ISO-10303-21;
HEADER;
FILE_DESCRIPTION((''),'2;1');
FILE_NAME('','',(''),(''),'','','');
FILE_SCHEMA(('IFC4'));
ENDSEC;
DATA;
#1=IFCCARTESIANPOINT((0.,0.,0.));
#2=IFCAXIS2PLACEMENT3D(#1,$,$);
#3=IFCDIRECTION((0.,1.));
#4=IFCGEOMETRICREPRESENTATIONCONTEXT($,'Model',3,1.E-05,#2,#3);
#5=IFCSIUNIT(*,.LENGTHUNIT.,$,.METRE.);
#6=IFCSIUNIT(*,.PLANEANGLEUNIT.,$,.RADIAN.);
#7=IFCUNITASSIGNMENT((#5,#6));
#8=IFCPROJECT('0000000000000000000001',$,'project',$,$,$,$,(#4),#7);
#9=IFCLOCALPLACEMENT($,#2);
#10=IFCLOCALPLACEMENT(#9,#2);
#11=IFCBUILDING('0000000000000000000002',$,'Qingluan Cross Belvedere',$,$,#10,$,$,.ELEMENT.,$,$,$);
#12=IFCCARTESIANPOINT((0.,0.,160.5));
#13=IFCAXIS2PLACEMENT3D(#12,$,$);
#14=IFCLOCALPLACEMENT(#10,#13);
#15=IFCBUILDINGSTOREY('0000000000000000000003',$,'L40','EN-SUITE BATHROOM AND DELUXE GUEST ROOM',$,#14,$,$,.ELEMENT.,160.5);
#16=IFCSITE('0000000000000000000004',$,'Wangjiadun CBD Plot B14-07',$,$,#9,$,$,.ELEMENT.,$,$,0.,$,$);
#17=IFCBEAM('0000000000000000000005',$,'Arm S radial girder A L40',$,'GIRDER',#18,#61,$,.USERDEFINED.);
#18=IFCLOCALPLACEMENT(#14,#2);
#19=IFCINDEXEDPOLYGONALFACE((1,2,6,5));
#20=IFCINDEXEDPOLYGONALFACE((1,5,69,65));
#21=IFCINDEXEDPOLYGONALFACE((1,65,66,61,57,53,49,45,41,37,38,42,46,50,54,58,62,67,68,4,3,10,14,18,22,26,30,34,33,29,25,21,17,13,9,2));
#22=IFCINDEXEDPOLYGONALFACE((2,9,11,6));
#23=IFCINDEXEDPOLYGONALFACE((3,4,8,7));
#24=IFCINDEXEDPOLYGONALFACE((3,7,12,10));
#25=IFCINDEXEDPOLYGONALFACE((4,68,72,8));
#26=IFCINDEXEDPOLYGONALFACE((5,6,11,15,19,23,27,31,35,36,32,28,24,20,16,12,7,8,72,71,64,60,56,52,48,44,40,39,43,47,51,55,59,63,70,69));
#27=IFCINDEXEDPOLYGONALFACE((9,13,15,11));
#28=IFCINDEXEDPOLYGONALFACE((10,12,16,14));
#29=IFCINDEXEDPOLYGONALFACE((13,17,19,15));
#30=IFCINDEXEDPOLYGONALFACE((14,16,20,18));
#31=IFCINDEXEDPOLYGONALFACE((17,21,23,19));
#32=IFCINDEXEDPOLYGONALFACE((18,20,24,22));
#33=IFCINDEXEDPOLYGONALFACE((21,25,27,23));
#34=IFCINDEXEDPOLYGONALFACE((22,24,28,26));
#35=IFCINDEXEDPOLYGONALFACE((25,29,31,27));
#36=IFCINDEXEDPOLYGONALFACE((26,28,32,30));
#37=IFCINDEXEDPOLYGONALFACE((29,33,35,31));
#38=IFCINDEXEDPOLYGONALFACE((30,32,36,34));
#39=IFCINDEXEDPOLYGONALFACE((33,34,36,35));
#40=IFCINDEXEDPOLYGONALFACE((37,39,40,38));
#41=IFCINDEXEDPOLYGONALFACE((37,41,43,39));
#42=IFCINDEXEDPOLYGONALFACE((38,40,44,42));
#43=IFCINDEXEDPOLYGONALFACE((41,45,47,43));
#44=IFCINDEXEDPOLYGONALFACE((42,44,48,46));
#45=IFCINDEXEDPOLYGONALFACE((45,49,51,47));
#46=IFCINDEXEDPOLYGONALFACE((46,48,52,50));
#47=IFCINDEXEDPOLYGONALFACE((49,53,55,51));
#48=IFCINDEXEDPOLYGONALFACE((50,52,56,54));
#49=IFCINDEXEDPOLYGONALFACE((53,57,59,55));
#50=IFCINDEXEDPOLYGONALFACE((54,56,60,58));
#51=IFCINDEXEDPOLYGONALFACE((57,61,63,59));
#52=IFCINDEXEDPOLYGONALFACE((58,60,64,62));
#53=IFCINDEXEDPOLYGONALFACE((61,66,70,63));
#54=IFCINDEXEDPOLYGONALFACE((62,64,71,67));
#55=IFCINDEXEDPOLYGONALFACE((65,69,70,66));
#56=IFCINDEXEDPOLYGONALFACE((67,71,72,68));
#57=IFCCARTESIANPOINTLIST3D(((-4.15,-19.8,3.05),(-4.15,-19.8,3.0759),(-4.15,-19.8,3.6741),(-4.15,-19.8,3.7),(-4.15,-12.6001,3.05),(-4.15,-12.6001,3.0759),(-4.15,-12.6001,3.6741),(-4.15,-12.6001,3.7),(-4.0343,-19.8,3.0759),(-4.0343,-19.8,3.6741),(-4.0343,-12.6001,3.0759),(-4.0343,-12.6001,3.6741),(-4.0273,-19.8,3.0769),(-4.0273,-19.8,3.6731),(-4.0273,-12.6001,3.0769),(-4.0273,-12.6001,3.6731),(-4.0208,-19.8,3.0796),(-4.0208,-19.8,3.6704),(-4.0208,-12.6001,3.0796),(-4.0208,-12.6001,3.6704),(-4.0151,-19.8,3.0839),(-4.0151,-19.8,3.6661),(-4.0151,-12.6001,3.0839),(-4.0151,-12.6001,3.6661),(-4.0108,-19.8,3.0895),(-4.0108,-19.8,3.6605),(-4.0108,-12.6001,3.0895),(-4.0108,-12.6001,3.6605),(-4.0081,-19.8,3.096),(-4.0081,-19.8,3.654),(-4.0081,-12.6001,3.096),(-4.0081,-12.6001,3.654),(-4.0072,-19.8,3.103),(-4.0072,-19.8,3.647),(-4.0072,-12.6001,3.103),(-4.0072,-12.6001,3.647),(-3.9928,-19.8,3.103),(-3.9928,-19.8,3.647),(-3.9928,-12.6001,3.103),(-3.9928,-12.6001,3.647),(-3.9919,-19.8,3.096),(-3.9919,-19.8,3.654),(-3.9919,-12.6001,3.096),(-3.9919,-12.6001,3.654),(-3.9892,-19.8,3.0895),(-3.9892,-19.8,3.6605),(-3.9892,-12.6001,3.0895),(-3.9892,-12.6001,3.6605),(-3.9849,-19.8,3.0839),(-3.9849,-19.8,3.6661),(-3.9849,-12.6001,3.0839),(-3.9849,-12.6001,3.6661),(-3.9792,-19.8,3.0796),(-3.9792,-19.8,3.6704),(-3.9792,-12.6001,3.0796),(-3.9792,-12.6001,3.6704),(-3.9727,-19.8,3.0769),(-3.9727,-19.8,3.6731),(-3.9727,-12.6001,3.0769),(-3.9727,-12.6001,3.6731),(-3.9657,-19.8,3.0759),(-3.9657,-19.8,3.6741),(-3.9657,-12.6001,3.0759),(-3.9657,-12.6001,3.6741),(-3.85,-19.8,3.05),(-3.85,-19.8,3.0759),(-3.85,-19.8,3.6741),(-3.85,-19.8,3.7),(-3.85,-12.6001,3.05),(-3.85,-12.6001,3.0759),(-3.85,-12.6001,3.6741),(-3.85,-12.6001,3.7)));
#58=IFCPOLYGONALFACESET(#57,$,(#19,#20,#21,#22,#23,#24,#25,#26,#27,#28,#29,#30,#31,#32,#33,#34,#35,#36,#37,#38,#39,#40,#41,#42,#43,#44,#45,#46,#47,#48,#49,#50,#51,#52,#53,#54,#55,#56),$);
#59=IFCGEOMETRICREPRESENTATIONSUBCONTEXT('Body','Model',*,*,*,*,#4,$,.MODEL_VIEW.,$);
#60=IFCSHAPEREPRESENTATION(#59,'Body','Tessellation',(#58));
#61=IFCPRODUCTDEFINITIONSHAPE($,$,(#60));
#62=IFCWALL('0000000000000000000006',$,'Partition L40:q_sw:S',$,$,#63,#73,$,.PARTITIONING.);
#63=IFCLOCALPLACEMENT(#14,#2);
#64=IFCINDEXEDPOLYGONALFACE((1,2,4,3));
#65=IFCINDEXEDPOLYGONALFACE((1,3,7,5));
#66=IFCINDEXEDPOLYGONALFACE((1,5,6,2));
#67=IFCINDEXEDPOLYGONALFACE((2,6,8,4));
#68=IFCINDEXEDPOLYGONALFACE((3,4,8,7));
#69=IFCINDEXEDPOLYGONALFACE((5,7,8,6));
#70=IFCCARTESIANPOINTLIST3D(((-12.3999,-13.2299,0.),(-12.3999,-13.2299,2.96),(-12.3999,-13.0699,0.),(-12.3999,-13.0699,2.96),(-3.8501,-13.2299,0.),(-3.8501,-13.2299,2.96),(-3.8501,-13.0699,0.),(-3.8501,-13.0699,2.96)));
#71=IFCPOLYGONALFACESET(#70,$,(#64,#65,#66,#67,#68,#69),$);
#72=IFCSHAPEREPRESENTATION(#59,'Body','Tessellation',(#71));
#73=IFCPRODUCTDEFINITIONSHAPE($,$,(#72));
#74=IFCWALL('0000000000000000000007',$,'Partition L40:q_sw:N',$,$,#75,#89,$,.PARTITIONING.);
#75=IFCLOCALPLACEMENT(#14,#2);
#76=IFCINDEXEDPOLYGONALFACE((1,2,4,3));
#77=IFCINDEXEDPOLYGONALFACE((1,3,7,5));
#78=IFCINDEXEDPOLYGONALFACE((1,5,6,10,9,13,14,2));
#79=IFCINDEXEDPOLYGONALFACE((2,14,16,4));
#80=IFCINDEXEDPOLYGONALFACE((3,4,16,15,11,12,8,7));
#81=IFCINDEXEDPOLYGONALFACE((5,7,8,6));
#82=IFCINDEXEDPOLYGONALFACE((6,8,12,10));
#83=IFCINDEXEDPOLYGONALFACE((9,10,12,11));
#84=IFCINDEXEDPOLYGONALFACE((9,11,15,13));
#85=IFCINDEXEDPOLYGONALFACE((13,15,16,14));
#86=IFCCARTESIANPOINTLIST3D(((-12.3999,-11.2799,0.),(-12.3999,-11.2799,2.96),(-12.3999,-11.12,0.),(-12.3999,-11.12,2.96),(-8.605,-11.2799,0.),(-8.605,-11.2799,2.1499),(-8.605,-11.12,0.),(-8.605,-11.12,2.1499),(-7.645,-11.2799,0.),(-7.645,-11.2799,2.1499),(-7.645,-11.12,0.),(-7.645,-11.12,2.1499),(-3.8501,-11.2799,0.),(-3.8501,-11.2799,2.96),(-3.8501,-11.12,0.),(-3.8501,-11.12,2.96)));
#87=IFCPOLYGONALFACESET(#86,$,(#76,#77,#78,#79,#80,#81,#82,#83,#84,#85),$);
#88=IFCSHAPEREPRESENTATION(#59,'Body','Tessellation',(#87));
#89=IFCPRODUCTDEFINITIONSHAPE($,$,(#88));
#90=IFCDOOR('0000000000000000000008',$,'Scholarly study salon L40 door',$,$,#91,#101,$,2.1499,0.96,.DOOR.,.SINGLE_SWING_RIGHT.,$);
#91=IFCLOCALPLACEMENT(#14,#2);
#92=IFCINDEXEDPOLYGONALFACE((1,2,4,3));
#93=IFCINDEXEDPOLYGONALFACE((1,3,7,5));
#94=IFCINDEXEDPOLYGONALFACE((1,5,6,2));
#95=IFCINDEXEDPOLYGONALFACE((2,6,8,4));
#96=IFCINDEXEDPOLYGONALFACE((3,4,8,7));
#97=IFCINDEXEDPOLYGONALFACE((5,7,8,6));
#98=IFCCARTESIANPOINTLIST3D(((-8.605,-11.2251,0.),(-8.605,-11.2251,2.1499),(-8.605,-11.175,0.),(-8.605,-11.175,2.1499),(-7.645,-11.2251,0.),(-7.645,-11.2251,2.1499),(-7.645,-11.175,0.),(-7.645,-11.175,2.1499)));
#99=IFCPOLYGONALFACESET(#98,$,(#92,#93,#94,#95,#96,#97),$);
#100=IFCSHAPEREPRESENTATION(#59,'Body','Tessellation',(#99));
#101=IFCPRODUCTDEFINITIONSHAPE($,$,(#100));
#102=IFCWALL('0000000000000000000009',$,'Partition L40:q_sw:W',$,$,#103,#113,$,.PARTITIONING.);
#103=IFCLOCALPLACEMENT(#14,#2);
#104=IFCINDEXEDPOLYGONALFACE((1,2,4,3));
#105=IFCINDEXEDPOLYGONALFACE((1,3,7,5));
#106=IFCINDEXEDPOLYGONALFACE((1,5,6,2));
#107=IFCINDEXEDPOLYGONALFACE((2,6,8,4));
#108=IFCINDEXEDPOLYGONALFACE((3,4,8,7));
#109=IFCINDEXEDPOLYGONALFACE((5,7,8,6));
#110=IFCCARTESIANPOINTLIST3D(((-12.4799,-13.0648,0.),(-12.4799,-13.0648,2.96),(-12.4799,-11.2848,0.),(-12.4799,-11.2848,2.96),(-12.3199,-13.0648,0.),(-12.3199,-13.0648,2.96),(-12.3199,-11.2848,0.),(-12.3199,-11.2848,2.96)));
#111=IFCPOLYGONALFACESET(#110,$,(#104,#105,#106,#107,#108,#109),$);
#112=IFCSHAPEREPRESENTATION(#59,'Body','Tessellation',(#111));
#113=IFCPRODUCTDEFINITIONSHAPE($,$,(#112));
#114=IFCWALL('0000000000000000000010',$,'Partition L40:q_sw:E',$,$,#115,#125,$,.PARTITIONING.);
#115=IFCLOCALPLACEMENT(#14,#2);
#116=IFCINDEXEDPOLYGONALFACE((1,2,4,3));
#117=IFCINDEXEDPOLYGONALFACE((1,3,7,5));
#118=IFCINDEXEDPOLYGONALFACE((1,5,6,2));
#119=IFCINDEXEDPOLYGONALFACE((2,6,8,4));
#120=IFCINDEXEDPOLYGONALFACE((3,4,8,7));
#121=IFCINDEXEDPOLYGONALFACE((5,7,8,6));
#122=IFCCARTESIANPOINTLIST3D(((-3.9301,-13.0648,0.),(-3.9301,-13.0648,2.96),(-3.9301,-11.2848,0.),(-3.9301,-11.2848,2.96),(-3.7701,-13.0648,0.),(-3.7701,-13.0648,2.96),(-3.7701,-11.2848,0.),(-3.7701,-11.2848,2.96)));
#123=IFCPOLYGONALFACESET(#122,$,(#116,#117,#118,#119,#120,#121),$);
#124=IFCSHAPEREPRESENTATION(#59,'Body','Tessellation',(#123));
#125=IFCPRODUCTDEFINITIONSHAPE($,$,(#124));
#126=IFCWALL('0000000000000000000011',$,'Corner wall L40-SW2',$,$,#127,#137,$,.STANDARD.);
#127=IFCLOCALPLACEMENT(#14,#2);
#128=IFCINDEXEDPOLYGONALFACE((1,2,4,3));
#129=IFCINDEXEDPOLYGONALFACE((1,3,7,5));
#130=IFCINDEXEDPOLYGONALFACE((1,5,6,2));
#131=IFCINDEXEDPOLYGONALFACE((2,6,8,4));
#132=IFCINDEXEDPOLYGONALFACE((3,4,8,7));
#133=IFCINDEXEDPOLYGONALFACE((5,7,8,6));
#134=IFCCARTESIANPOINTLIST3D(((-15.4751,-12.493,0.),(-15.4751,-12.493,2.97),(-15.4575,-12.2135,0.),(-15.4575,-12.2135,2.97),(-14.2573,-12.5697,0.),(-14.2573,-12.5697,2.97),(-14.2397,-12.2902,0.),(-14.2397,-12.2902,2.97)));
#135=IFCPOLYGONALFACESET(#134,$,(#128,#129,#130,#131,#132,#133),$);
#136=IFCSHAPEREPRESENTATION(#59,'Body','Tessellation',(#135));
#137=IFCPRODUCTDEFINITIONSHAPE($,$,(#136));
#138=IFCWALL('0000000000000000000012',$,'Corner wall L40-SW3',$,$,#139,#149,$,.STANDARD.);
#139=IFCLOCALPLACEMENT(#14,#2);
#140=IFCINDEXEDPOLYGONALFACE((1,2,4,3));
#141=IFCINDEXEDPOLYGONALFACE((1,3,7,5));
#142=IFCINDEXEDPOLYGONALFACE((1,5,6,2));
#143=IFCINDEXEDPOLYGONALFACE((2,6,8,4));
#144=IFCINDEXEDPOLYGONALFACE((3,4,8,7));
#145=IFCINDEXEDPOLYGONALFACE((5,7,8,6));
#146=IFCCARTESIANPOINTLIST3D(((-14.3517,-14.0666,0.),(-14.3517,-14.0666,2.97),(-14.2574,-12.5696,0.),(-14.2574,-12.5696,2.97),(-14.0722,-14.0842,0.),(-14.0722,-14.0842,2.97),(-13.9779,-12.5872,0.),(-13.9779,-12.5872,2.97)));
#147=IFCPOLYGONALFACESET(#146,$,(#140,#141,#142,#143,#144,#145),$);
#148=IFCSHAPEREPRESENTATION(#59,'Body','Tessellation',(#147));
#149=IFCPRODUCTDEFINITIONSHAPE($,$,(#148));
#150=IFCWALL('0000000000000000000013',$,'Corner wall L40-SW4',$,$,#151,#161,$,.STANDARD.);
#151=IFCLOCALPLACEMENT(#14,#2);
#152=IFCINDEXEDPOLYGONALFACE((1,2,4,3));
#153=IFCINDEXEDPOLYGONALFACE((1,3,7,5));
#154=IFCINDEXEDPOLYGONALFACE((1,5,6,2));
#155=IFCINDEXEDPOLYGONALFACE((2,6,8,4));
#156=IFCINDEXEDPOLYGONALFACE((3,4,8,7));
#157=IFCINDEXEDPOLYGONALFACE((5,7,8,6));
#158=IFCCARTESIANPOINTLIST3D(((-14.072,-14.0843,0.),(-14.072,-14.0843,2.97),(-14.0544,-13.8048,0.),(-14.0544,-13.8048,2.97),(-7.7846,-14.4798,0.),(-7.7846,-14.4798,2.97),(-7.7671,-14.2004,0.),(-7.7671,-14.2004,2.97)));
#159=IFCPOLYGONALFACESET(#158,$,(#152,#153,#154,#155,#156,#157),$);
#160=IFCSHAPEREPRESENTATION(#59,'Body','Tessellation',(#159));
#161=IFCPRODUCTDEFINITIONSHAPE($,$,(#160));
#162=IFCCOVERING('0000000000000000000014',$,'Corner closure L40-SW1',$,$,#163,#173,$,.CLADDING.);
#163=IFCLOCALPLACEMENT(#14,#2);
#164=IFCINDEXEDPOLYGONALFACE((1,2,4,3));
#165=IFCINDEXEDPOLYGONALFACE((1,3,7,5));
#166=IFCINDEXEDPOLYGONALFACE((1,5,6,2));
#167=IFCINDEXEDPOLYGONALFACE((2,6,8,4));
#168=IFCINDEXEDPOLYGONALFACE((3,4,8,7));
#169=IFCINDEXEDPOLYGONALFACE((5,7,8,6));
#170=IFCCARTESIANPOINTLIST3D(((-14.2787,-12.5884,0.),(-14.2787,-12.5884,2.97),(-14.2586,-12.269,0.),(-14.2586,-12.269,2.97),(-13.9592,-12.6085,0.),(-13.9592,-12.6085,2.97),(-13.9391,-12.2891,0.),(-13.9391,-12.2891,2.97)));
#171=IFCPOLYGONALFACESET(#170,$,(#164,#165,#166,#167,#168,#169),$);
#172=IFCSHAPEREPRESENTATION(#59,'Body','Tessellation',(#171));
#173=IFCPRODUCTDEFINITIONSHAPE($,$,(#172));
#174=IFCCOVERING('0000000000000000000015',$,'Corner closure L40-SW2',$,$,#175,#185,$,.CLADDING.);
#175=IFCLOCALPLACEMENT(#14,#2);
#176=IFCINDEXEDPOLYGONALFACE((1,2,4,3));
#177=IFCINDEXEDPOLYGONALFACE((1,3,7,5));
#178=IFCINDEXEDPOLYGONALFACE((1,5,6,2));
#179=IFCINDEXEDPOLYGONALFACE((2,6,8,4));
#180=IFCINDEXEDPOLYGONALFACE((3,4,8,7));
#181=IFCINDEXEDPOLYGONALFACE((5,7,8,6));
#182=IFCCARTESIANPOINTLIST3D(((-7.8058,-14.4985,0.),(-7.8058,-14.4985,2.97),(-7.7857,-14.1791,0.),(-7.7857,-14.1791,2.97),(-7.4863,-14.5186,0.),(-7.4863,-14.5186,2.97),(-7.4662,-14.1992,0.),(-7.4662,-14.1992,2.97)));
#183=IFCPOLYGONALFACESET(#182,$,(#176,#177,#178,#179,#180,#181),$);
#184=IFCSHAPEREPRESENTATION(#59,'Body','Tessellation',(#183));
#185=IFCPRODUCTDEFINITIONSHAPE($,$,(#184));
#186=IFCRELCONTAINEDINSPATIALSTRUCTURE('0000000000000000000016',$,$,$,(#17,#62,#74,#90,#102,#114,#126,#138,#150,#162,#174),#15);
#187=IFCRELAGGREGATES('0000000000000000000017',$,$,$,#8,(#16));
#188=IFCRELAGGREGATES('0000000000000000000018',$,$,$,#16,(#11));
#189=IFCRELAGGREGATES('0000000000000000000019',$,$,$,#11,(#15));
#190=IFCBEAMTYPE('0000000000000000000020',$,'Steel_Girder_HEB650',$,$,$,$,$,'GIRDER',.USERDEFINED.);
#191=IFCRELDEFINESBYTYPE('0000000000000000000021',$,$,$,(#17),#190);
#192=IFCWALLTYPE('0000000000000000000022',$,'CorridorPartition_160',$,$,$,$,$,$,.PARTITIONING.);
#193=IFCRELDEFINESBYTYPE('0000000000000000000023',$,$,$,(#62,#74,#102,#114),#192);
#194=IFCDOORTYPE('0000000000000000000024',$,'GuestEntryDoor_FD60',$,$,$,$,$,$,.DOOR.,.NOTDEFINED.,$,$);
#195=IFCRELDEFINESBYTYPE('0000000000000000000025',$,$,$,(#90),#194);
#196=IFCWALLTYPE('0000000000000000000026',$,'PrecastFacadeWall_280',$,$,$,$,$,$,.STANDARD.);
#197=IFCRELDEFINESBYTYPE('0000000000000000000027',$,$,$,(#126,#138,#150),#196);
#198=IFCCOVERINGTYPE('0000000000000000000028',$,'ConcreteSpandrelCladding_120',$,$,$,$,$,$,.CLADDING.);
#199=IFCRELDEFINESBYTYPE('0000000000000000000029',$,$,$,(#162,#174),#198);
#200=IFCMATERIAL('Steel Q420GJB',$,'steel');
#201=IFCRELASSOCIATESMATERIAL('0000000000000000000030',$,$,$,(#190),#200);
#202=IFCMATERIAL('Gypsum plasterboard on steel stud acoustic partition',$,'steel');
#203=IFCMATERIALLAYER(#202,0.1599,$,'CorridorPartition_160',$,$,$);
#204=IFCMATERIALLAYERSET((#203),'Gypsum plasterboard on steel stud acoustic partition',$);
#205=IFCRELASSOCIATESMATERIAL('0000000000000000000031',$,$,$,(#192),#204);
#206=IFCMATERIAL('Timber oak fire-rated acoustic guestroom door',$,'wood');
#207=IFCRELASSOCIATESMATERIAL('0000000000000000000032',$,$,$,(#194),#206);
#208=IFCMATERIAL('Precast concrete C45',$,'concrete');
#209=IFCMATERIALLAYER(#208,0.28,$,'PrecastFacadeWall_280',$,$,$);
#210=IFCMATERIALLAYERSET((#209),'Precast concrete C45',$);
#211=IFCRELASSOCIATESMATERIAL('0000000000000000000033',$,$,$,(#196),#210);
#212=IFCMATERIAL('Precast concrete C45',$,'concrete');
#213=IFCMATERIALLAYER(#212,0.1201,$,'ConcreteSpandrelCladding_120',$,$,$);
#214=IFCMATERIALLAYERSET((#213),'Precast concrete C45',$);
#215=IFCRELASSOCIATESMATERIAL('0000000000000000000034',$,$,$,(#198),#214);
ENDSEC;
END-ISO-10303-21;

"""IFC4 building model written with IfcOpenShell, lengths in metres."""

from ifc_helpers import new_model, si_unit, direction, frame, frame_2d, origin, origin_2d, place, context, subcontext, project, spatial, rectangle, i_section, extrude, material, layer, layer_set, material_profile, profile_set, type_object, element, fill, save


model = new_model("IFC4")

# Units and contexts
model_context = context("Model", 3, precision=1e-05, world=origin(), true_north=direction((0.0, 1.0)))
body_context = subcontext(model_context, "Body", "Model", "MODEL_VIEW")
ifc_project = project(units=[si_unit("LENGTHUNIT", "METRE"), si_unit("PLANEANGLEUNIT", "RADIAN")], contexts=[model_context])

# Site, building, storey
site_placement = place(None, origin())
site = spatial("IfcSite", under=ifc_project, at=site_placement, Name="Wangjiadun CBD Plot B14-07", CompositionType="ELEMENT", RefElevation=0.0)
building_placement = place(site_placement, origin())
building = spatial("IfcBuilding", under=site, at=building_placement, Name="Qingluan Cross Belvedere", CompositionType="ELEMENT")
storey_placement = place(building_placement, frame((0.0, 0.0, 160.5)))
storey = spatial("IfcBuildingStorey", under=building, at=storey_placement, Name="L40", Description="EN-SUITE BATHROOM AND DELUXE GUEST ROOM", CompositionType="ELEMENT", Elevation=160.5)

# Beam
ifc_material_1 = material(Name="Steel Q420GJB", Category="steel")
ifc_material_profile_1 = material_profile(ifc_material_1, i_section(OverallWidth=0.3, OverallDepth=0.6499, WebThickness=0.0144, FlangeThickness=0.0259, FilletRadius=0.0271, at=origin_2d()), Name="HEB650")
ifc_profile_set_1 = profile_set([ifc_material_profile_1], Name="Steel Q420GJB")
beam_type_1 = type_object("IfcBeamType", Name="Steel_Girder_HEB650", ElementType="GIRDER", PredefinedType="USERDEFINED", material=ifc_profile_set_1)
beam_1_placement = place(storey_placement, frame((-4.0, -12.6001, 3.375), z_axis=(0.0, -1.0, 0.0), x_axis=(1.0, 0.0, 0.0)))
element("IfcBeam", 1, at=beam_1_placement, inside=storey, type_object=beam_type_1, Name="Arm S radial girder A L40", ObjectType="GIRDER", PredefinedType="USERDEFINED", context=body_context, shape_type="SweptSolid", body=[
    extrude(i_section(OverallWidth=0.3, OverallDepth=0.6499, WebThickness=0.0144, FlangeThickness=0.0259, FilletRadius=0.0271, at=origin_2d()), origin(), (0.0, 0.0, 1.0), 7.2),
])

# Wall
ifc_material_2 = material(Name="Gypsum plasterboard on steel stud acoustic partition", Category="steel")
ifc_layer_1 = layer(ifc_material_2, 0.1599, Name="CorridorPartition_160")
ifc_layer_set_1 = layer_set([ifc_layer_1], Name="Gypsum plasterboard on steel stud acoustic partition")
wall_type_1 = type_object("IfcWallType", Name="CorridorPartition_160", PredefinedType="PARTITIONING", material=ifc_layer_set_1)
wall_1_placement = place(storey_placement, frame((-12.3999, -13.1499, 0.0), z_axis=(0.0, 0.0, 1.0), x_axis=(1.0, 0.0, 0.0)))
element("IfcWall", 2, at=wall_1_placement, inside=storey, type_object=wall_type_1, Name="Partition L40:q_sw:S", PredefinedType="PARTITIONING", context=body_context, shape_type="SweptSolid", body=[
    extrude(rectangle(XDim=8.5498, YDim=0.1599, at=frame_2d((4.2749, 0.0))), origin(), (0.0, 0.0, 1.0), 2.96),
])

# Wall, opening, door
wall_2_placement = place(storey_placement, frame((-12.3999, -11.2, 0.0), z_axis=(0.0, 0.0, 1.0), x_axis=(1.0, 0.0, 0.0)))
wall_2 = element("IfcWall", 3, at=wall_2_placement, inside=storey, type_object=wall_type_1, Name="Partition L40:q_sw:N", PredefinedType="PARTITIONING", context=body_context, shape_type="SweptSolid", body=[
    extrude(rectangle(XDim=8.5498, YDim=0.1599, at=frame_2d((4.2749, 0.0))), origin(), (0.0, 0.0, 1.0), 2.96),
])
opening_placement = place(wall_2_placement, frame((3.7949, 0.0, 0.0)))
opening = element("IfcOpeningElement", 4, at=opening_placement, cuts=wall_2, PredefinedType="OPENING", context=body_context, shape_type="SweptSolid", body=[
    extrude(rectangle(XDim=0.96, YDim=2.1499, at=frame_2d((0.48, 1.075))), frame((0.0, 0.0898, 0.0), z_axis=(0.0, -1.0, 0.0), x_axis=(1.0, 0.0, 0.0)), (0.0, 0.0, 1.0), 0.1799),
])
ifc_material_3 = material(Name="Timber oak fire-rated acoustic guestroom door", Category="wood")
door_type = type_object("IfcDoorType", Name="GuestEntryDoor_FD60", OperationType="NOTDEFINED", PredefinedType="DOOR", material=ifc_material_3)
door_placement = place(opening_placement, origin())
door = element("IfcDoor", 5, at=door_placement, inside=storey, type_object=door_type, Name="Scholarly study salon L40 door", OperationType="SINGLE_SWING_RIGHT", OverallHeight=2.1499, OverallWidth=0.96, PredefinedType="DOOR", context=body_context, shape_type="SweptSolid", body=[
    extrude(rectangle(XDim=0.96, YDim=2.1499, at=frame_2d((0.48, 1.075))), frame((0.0, 0.0249, 0.0), z_axis=(0.0, -1.0, 0.0), x_axis=(1.0, 0.0, 0.0)), (0.0, 0.0, 1.0), 0.05),
])
fill(opening, door)

# Walls
for number, where, z_axis, x_axis, name in (
    (6, (-12.3999, -13.0649, 0.0), (0.0, 0.0, 1.0), (0.0, 1.0, 0.0), "Partition L40:q_sw:W"),
    (7, (-3.8501, -13.0649, 0.0), (0.0, 0.0, 1.0), (0.0, 1.0, 0.0), "Partition L40:q_sw:E"),
):
    element("IfcWall", number, at=place(storey_placement, frame(where, z_axis=z_axis, x_axis=x_axis)), inside=storey, type_object=wall_type_1, Name=name, PredefinedType="PARTITIONING", context=body_context, shape_type="SweptSolid", body=[
        extrude(rectangle(XDim=1.78, YDim=0.1599, at=frame_2d((0.8901, 0.0))), origin(), (0.0, 0.0, 1.0), 2.96),
    ])
ifc_material_4 = material(Name="Precast concrete C45", Category="concrete")
ifc_layer_2 = layer(ifc_material_4, 0.28, Name="PrecastFacadeWall_280")
ifc_layer_set_2 = layer_set([ifc_layer_2], Name="Precast concrete C45")
wall_type_2 = type_object("IfcWallType", Name="PrecastFacadeWall_280", PredefinedType="STANDARD", material=ifc_layer_set_2)
wall_3_placement = place(storey_placement, frame((-15.4663, -12.3533, 0.0), z_axis=(0.0, 0.0, 1.0), x_axis=(0.998024, -0.062827, 0.0)))
element("IfcWall", 8, at=wall_3_placement, inside=storey, type_object=wall_type_2, Name="Corner wall L40-SW2", PredefinedType="STANDARD", context=body_context, shape_type="SweptSolid", body=[
    extrude(rectangle(XDim=1.2202, YDim=0.28, at=frame_2d((0.6101, 0.0))), origin(), (0.0, 0.0, 1.0), 2.97),
])
wall_4_placement = place(storey_placement, frame((-14.1177, -12.5784, 0.0), z_axis=(0.0, 0.0, 1.0), x_axis=(-0.062824, -0.998025, 0.0)))
element("IfcWall", 9, at=wall_4_placement, inside=storey, type_object=wall_type_2, Name="Corner wall L40-SW3", PredefinedType="STANDARD", context=body_context, shape_type="SweptSolid", body=[
    extrude(rectangle(XDim=1.5, YDim=0.28, at=frame_2d((0.75, 0.0))), origin(), (0.0, 0.0, 1.0), 2.97),
])
wall_5_placement = place(storey_placement, frame((-14.0632, -13.9446, 0.0), z_axis=(0.0, 0.0, 1.0), x_axis=(0.998027, -0.062781, 0.0)))
element("IfcWall", 10, at=wall_5_placement, inside=storey, type_object=wall_type_2, Name="Corner wall L40-SW4", PredefinedType="STANDARD", context=body_context, shape_type="SweptSolid", body=[
    extrude(rectangle(XDim=6.2998, YDim=0.28, at=frame_2d((3.1499, 0.0))), origin(), (0.0, 0.0, 1.0), 2.97),
])

# Coverings
ifc_material_5 = material(Name="Precast concrete C45", Category="concrete")
ifc_layer_3 = layer(ifc_material_5, 0.1201, Name="ConcreteSpandrelCladding_120")
ifc_layer_set_3 = layer_set([ifc_layer_3], Name="Precast concrete C45")
covering_type_1 = type_object("IfcCoveringType", Name="ConcreteSpandrelCladding_120", PredefinedType="CLADDING", material=ifc_layer_set_3)
for number, where, z_axis, x_axis, name in (
    (11, (-14.1089, -12.4387, 0.0), (0.0, 0.0, 1.0), (0.998027, -0.062791, 0.0), "Corner closure L40-SW1"),
    (12, (-7.636, -14.3489, 0.0), (0.0, 0.0, 1.0), (0.998027, -0.062791, 0.0), "Corner closure L40-SW2"),
):
    element("IfcCovering", number, at=place(storey_placement, frame(where, z_axis=z_axis, x_axis=x_axis)), inside=storey, type_object=covering_type_1, Name=name, PredefinedType="CLADDING", context=body_context, shape_type="SweptSolid", body=[
        extrude(rectangle(XDim=0.3201, YDim=0.3201, at=origin_2d()), origin(), (0.0, 0.0, 1.0), 2.97),
    ])

save(model, "model.ifc")
